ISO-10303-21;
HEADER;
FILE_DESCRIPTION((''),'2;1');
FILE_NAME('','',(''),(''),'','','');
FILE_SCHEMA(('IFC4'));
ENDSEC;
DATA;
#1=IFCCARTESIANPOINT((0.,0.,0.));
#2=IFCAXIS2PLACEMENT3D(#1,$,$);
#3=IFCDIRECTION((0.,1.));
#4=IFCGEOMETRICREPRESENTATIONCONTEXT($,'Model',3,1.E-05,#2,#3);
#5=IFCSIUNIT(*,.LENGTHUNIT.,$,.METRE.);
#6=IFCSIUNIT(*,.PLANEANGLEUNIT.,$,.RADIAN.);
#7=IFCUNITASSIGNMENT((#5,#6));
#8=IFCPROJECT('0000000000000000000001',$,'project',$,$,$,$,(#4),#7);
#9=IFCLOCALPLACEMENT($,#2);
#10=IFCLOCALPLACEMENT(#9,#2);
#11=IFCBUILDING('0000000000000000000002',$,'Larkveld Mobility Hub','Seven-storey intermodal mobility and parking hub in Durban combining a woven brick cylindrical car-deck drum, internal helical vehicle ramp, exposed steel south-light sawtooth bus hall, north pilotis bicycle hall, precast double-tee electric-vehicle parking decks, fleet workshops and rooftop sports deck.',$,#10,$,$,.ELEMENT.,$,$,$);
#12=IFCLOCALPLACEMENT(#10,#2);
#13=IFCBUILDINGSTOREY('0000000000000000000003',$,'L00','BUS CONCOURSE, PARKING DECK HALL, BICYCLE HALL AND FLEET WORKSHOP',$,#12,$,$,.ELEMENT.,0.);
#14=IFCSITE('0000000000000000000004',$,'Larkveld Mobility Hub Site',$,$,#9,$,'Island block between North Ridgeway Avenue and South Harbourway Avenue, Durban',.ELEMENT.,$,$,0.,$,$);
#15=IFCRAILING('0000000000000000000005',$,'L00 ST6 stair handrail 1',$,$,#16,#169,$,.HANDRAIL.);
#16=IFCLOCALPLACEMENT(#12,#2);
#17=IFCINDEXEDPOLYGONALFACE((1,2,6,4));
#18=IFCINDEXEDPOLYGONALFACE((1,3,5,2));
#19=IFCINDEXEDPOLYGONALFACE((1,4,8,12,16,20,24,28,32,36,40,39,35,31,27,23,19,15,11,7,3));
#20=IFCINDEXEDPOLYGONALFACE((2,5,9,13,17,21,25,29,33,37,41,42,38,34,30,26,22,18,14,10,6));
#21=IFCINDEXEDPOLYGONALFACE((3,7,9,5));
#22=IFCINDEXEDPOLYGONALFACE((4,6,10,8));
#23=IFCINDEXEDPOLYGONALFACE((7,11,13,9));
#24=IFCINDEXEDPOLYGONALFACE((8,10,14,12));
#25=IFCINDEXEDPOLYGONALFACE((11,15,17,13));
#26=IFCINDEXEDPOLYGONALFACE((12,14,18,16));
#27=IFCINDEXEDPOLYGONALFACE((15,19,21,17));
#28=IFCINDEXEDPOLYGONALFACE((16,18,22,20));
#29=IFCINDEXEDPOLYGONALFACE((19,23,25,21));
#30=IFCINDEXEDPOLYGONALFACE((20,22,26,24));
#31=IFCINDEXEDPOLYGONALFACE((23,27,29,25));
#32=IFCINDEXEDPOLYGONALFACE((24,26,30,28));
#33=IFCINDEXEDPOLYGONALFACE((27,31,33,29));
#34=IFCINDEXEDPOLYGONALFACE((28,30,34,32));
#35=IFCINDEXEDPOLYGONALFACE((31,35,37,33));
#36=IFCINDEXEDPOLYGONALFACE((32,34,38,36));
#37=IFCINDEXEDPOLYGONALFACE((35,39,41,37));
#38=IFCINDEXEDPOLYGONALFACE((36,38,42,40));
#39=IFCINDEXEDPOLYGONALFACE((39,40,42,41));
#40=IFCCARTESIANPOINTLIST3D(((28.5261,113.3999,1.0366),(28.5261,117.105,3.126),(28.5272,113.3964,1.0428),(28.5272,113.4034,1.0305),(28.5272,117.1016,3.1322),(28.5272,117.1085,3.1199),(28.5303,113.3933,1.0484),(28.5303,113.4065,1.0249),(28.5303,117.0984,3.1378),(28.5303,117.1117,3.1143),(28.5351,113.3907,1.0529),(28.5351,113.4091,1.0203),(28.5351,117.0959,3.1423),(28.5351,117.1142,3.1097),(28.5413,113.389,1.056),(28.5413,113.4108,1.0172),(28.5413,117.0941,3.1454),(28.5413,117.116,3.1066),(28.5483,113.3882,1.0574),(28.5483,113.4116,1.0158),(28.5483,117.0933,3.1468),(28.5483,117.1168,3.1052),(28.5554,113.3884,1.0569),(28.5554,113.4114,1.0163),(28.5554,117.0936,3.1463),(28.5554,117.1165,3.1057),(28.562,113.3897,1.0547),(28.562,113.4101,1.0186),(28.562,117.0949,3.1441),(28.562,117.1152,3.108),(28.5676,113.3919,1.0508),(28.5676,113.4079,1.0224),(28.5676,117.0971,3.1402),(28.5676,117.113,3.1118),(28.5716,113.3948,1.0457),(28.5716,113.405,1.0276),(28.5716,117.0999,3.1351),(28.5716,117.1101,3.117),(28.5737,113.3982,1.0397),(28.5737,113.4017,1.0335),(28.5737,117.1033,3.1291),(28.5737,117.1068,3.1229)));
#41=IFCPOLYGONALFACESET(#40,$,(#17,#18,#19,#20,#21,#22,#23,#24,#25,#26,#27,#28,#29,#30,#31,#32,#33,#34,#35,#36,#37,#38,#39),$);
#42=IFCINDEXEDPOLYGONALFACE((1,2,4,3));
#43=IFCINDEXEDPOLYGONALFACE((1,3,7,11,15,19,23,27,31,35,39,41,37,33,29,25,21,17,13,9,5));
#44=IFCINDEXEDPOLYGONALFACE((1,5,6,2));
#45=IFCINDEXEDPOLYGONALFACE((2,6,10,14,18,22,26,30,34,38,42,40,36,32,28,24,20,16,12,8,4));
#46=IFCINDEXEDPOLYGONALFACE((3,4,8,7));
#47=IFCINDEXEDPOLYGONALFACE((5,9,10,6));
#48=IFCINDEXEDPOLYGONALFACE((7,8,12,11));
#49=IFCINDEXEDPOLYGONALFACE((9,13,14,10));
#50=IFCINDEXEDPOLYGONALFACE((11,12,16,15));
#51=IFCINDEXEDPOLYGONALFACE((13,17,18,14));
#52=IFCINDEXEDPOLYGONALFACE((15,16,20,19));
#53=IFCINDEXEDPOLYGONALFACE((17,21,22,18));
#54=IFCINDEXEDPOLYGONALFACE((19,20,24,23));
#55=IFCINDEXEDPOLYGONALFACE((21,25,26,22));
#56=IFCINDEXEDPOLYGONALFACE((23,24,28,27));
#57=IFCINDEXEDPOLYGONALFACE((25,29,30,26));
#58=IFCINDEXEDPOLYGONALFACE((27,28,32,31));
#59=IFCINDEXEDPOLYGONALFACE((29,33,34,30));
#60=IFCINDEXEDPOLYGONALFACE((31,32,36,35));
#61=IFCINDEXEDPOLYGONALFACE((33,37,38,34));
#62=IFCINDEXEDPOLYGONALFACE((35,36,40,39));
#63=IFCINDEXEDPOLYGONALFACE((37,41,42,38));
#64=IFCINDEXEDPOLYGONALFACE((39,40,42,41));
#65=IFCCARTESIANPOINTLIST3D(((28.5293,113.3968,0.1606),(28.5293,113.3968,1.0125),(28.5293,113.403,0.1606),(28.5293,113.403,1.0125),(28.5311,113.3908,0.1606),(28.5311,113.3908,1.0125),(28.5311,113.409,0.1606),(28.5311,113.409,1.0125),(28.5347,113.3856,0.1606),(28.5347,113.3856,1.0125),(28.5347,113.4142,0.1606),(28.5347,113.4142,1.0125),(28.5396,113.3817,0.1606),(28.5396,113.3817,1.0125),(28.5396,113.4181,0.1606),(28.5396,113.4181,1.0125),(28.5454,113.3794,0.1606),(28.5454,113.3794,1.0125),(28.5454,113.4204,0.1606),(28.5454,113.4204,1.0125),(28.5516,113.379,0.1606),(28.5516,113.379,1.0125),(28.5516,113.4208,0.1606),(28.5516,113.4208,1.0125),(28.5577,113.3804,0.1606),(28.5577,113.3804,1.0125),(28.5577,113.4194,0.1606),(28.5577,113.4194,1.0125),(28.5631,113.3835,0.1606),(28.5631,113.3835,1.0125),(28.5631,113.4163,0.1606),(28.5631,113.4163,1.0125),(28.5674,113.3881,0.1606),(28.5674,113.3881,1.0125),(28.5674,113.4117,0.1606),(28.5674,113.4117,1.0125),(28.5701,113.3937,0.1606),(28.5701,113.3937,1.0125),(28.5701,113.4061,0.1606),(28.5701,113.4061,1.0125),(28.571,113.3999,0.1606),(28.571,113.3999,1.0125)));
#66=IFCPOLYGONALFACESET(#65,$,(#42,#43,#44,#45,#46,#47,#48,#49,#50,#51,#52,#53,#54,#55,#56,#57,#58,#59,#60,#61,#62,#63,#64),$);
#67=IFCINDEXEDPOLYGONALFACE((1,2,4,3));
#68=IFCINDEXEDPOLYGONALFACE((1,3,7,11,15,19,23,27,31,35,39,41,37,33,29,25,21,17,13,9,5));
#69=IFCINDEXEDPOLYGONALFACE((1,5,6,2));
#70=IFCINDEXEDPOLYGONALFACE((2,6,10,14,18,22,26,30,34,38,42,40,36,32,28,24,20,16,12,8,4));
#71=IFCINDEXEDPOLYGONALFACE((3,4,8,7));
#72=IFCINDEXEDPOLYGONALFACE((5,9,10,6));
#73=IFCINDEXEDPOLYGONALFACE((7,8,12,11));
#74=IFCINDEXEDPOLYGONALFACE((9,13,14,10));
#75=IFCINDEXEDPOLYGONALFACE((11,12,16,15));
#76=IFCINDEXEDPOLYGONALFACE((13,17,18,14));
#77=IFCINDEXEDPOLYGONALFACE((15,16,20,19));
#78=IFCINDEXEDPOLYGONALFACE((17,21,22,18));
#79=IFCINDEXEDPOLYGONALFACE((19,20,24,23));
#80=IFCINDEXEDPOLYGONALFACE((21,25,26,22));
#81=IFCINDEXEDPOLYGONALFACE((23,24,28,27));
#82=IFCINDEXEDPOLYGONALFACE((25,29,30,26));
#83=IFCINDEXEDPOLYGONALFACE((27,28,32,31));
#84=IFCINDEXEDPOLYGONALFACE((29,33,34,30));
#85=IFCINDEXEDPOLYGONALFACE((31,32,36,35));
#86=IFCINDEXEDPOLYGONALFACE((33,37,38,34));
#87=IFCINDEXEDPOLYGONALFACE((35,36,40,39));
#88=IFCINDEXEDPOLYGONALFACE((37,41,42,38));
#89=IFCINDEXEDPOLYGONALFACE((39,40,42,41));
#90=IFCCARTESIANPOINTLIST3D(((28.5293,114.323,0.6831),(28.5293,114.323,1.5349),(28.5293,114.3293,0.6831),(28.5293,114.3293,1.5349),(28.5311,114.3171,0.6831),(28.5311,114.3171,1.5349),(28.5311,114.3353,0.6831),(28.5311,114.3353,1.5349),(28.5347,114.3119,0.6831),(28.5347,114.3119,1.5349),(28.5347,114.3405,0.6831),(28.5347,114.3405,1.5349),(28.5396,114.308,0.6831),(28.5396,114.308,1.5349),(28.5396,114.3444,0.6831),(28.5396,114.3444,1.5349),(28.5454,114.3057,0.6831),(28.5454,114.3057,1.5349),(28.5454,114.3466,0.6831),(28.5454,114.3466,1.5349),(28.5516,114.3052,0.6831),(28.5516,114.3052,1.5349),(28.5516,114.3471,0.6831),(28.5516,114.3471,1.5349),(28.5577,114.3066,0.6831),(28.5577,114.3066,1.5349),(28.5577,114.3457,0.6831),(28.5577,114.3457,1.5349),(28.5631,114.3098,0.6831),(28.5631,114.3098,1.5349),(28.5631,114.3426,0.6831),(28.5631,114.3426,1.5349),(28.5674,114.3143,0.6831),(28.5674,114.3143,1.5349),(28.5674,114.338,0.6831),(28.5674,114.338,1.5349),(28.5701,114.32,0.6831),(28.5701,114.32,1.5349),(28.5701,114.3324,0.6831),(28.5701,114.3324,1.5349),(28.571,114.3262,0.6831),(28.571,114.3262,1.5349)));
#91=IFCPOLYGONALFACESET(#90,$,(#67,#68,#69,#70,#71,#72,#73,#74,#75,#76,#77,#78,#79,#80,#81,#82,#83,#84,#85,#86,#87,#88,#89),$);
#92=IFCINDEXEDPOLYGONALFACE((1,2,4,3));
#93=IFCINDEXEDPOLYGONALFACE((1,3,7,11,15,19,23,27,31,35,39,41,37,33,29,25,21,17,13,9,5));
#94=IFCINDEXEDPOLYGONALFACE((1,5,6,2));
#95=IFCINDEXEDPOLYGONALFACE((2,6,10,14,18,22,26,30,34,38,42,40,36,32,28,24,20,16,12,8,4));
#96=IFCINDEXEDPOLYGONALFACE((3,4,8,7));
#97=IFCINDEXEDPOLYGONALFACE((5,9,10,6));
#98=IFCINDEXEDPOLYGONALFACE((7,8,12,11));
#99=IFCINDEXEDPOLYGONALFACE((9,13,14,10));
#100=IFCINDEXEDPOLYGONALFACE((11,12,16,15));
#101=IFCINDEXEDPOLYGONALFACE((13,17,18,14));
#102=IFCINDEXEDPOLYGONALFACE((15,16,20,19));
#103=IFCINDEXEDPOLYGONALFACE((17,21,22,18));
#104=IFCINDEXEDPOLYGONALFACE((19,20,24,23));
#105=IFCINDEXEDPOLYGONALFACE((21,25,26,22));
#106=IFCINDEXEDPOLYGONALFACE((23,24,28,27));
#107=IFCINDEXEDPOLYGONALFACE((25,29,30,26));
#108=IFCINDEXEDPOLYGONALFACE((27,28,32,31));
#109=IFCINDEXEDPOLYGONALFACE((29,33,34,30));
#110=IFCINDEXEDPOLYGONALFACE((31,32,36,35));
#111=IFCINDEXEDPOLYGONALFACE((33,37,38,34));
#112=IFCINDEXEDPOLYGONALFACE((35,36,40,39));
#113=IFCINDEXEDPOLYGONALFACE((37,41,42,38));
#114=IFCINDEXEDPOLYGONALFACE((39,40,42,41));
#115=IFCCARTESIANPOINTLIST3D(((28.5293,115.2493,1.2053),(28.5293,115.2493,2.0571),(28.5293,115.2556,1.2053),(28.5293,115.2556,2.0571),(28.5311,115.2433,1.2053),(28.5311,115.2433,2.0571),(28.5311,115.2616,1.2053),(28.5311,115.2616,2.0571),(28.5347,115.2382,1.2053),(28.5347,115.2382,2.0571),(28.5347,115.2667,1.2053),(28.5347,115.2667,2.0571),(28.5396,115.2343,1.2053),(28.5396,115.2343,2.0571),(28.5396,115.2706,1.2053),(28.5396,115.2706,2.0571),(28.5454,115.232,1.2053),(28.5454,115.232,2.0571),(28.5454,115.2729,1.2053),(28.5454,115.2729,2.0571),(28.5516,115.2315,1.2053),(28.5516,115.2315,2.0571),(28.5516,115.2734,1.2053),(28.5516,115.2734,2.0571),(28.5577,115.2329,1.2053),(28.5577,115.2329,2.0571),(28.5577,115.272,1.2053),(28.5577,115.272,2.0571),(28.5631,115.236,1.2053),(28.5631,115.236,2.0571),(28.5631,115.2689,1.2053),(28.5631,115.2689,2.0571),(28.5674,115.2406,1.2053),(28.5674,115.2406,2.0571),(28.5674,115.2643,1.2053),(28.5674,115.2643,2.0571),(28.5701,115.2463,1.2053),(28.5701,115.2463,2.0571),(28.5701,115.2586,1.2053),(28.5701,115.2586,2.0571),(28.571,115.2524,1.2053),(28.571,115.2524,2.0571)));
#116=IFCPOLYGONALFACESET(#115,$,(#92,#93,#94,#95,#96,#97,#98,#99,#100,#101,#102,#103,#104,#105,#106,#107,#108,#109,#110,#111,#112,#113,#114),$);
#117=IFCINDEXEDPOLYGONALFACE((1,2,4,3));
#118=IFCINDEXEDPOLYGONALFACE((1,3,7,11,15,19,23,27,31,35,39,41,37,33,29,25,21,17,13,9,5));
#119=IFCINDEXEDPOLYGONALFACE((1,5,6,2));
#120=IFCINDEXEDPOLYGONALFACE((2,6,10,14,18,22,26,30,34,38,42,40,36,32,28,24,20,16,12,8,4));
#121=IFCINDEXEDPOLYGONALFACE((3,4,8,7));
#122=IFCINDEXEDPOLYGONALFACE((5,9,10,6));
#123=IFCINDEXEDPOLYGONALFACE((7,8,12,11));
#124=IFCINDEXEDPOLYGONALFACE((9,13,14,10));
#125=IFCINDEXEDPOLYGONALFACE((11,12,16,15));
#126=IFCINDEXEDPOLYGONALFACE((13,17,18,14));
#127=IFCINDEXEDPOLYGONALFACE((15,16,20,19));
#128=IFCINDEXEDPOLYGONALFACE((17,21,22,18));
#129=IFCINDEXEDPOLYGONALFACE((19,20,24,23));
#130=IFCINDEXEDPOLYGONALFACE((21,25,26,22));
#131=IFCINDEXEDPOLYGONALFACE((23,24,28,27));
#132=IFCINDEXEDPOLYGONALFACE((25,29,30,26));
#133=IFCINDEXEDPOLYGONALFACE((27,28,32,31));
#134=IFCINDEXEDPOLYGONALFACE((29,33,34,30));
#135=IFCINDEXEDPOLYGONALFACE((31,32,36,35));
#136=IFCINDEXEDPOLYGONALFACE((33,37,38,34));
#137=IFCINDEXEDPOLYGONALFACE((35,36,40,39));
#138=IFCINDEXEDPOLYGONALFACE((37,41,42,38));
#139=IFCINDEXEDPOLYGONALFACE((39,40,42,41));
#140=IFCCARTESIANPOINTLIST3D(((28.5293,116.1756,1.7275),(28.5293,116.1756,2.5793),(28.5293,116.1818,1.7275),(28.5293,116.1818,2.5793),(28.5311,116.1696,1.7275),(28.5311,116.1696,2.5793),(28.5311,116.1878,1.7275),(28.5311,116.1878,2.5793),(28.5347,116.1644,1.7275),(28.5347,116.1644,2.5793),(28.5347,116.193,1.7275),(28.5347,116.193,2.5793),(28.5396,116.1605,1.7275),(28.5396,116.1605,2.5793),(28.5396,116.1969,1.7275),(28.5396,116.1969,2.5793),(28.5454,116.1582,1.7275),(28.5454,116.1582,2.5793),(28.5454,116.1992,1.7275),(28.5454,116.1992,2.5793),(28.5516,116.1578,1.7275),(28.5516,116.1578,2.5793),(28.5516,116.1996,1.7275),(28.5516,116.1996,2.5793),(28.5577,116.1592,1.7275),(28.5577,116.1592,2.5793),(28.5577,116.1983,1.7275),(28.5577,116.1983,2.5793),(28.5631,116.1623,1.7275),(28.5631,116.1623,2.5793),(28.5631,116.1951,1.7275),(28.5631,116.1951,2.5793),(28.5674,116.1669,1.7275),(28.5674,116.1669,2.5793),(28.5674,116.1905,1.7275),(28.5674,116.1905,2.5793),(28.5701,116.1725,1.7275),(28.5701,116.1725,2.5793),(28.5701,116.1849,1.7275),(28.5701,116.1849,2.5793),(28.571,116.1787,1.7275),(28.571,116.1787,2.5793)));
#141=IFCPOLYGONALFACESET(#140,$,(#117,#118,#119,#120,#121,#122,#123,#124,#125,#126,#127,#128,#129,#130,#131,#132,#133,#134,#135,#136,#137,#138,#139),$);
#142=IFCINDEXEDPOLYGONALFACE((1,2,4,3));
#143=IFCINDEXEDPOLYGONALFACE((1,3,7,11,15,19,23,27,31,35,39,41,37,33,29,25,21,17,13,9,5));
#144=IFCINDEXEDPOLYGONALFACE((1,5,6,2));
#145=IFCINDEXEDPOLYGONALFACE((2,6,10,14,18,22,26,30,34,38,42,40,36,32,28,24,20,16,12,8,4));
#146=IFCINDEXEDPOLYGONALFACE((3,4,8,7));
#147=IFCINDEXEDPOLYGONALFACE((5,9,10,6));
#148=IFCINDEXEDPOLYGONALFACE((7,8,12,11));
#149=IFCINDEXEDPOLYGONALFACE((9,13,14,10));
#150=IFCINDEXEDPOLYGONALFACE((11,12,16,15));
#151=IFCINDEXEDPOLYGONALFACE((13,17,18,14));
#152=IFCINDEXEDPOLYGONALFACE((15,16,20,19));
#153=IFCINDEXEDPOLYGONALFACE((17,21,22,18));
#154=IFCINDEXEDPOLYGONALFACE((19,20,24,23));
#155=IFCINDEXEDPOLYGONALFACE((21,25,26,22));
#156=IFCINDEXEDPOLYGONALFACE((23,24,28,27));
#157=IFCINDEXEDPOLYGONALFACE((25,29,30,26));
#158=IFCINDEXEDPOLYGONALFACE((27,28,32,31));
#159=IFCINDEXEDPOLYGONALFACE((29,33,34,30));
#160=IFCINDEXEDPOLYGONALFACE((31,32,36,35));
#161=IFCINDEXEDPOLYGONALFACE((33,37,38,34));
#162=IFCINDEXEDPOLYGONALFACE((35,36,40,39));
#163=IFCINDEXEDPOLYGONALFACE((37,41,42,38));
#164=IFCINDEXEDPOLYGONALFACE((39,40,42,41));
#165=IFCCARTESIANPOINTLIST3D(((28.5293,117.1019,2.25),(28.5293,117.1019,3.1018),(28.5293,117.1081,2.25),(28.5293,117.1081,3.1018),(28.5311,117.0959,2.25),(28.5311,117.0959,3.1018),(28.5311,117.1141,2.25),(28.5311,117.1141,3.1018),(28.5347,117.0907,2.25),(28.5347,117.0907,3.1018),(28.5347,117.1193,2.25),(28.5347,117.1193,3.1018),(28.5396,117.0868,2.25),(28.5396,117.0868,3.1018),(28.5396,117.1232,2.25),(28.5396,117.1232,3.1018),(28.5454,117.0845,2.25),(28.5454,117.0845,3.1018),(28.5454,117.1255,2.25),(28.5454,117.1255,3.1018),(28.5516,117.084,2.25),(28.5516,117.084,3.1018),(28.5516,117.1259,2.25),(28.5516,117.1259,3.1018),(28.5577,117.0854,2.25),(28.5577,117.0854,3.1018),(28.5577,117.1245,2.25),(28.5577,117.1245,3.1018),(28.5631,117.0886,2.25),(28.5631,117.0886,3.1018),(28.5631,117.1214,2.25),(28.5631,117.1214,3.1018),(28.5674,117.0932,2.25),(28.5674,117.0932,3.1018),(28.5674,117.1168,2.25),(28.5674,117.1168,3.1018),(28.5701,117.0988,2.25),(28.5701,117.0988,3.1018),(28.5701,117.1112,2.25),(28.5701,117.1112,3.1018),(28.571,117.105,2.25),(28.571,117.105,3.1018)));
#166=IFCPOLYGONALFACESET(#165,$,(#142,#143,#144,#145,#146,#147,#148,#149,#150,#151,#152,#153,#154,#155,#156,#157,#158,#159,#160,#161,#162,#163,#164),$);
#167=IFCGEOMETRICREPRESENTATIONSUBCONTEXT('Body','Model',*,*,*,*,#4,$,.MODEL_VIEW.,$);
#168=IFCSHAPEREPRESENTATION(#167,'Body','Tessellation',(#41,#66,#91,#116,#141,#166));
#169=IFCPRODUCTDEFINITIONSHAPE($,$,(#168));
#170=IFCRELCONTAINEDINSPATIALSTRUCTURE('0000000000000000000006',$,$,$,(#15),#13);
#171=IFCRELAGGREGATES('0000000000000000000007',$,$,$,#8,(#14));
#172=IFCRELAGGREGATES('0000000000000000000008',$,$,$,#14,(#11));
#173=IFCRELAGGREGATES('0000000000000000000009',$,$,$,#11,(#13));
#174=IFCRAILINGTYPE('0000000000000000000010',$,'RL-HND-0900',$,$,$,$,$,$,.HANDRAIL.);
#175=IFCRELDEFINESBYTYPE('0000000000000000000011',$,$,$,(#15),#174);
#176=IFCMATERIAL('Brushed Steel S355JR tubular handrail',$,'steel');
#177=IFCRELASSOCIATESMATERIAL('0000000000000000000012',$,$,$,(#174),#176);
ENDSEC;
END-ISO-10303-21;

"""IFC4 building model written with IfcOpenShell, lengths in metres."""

from ifc_helpers import new_model, si_unit, direction, frame, origin, origin_2d, place, context, subcontext, project, spatial, circle, extrude, material, type_object, element, save


model = new_model("IFC4")

# Units and contexts
model_context = context("Model", 3, precision=1e-05, world=origin(), true_north=direction((0.0, 1.0)))
body_context = subcontext(model_context, "Body", "Model", "MODEL_VIEW")
ifc_project = project(units=[si_unit("LENGTHUNIT", "METRE"), si_unit("PLANEANGLEUNIT", "RADIAN")], contexts=[model_context])

# Site, building, storey
site_placement = place(None, origin())
site = spatial("IfcSite", under=ifc_project, at=site_placement, Name="Larkveld Mobility Hub Site", LongName="Island block between North Ridgeway Avenue and South Harbourway Avenue, Durban", CompositionType="ELEMENT", RefElevation=0.0)
building_placement = place(site_placement, origin())
building = spatial("IfcBuilding", under=site, at=building_placement, Name="Larkveld Mobility Hub", Description="Seven-storey intermodal mobility and parking hub in Durban combining a woven brick cylindrical car-deck drum, internal helical vehicle ramp, exposed steel south-light sawtooth bus hall, north pilotis bicycle hall, precast double-tee electric-vehicle parking decks, fleet workshops and rooftop sports deck.", CompositionType="ELEMENT")
storey_placement = place(building_placement, origin())
storey = spatial("IfcBuildingStorey", under=building, at=storey_placement, Name="L00", Description="BUS CONCOURSE, PARKING DECK HALL, BICYCLE HALL AND FLEET WORKSHOP", CompositionType="ELEMENT", Elevation=0.0)

# Railing
ifc_material_1 = material(Name="Brushed Steel S355JR tubular handrail", Category="steel")
railing_type_1 = type_object("IfcRailingType", Name="RL-HND-0900", PredefinedType="HANDRAIL", material=ifc_material_1)
railing_1_placement = place(storey_placement, frame((28.55, 113.3999, 0.1606)))
element("IfcRailing", 1, at=railing_1_placement, inside=storey, type_object=railing_type_1, Name="L00 ST6 stair handrail 1", PredefinedType="HANDRAIL", context=body_context, shape_type="SweptSolid", body=[
    extrude(circle(Radius=0.0239, at=origin_2d()), frame((0.0, 0.0, 0.876), z_axis=(0.0, 0.871048, 0.491198), x_axis=(-1.0, 0.0, 0.0)), (0.0, 0.0, 1.0), 4.2537),
    extrude(circle(Radius=0.021, at=origin_2d()), origin(), (0.0, 0.0, 1.0), 0.8518),
    extrude(circle(Radius=0.021, at=origin_2d()), frame((0.0, 0.9263, 0.5225)), (0.0, 0.0, 1.0), 0.8518),
    extrude(circle(Radius=0.021, at=origin_2d()), frame((0.0, 1.8525, 1.0447)), (0.0, 0.0, 1.0), 0.8518),
    extrude(circle(Radius=0.021, at=origin_2d()), frame((0.0, 2.7788, 1.5669)), (0.0, 0.0, 1.0), 0.8518),
    extrude(circle(Radius=0.021, at=origin_2d()), frame((0.0, 3.7051, 2.0894)), (0.0, 0.0, 1.0), 0.8518),
])

save(model, "model.ifc")
